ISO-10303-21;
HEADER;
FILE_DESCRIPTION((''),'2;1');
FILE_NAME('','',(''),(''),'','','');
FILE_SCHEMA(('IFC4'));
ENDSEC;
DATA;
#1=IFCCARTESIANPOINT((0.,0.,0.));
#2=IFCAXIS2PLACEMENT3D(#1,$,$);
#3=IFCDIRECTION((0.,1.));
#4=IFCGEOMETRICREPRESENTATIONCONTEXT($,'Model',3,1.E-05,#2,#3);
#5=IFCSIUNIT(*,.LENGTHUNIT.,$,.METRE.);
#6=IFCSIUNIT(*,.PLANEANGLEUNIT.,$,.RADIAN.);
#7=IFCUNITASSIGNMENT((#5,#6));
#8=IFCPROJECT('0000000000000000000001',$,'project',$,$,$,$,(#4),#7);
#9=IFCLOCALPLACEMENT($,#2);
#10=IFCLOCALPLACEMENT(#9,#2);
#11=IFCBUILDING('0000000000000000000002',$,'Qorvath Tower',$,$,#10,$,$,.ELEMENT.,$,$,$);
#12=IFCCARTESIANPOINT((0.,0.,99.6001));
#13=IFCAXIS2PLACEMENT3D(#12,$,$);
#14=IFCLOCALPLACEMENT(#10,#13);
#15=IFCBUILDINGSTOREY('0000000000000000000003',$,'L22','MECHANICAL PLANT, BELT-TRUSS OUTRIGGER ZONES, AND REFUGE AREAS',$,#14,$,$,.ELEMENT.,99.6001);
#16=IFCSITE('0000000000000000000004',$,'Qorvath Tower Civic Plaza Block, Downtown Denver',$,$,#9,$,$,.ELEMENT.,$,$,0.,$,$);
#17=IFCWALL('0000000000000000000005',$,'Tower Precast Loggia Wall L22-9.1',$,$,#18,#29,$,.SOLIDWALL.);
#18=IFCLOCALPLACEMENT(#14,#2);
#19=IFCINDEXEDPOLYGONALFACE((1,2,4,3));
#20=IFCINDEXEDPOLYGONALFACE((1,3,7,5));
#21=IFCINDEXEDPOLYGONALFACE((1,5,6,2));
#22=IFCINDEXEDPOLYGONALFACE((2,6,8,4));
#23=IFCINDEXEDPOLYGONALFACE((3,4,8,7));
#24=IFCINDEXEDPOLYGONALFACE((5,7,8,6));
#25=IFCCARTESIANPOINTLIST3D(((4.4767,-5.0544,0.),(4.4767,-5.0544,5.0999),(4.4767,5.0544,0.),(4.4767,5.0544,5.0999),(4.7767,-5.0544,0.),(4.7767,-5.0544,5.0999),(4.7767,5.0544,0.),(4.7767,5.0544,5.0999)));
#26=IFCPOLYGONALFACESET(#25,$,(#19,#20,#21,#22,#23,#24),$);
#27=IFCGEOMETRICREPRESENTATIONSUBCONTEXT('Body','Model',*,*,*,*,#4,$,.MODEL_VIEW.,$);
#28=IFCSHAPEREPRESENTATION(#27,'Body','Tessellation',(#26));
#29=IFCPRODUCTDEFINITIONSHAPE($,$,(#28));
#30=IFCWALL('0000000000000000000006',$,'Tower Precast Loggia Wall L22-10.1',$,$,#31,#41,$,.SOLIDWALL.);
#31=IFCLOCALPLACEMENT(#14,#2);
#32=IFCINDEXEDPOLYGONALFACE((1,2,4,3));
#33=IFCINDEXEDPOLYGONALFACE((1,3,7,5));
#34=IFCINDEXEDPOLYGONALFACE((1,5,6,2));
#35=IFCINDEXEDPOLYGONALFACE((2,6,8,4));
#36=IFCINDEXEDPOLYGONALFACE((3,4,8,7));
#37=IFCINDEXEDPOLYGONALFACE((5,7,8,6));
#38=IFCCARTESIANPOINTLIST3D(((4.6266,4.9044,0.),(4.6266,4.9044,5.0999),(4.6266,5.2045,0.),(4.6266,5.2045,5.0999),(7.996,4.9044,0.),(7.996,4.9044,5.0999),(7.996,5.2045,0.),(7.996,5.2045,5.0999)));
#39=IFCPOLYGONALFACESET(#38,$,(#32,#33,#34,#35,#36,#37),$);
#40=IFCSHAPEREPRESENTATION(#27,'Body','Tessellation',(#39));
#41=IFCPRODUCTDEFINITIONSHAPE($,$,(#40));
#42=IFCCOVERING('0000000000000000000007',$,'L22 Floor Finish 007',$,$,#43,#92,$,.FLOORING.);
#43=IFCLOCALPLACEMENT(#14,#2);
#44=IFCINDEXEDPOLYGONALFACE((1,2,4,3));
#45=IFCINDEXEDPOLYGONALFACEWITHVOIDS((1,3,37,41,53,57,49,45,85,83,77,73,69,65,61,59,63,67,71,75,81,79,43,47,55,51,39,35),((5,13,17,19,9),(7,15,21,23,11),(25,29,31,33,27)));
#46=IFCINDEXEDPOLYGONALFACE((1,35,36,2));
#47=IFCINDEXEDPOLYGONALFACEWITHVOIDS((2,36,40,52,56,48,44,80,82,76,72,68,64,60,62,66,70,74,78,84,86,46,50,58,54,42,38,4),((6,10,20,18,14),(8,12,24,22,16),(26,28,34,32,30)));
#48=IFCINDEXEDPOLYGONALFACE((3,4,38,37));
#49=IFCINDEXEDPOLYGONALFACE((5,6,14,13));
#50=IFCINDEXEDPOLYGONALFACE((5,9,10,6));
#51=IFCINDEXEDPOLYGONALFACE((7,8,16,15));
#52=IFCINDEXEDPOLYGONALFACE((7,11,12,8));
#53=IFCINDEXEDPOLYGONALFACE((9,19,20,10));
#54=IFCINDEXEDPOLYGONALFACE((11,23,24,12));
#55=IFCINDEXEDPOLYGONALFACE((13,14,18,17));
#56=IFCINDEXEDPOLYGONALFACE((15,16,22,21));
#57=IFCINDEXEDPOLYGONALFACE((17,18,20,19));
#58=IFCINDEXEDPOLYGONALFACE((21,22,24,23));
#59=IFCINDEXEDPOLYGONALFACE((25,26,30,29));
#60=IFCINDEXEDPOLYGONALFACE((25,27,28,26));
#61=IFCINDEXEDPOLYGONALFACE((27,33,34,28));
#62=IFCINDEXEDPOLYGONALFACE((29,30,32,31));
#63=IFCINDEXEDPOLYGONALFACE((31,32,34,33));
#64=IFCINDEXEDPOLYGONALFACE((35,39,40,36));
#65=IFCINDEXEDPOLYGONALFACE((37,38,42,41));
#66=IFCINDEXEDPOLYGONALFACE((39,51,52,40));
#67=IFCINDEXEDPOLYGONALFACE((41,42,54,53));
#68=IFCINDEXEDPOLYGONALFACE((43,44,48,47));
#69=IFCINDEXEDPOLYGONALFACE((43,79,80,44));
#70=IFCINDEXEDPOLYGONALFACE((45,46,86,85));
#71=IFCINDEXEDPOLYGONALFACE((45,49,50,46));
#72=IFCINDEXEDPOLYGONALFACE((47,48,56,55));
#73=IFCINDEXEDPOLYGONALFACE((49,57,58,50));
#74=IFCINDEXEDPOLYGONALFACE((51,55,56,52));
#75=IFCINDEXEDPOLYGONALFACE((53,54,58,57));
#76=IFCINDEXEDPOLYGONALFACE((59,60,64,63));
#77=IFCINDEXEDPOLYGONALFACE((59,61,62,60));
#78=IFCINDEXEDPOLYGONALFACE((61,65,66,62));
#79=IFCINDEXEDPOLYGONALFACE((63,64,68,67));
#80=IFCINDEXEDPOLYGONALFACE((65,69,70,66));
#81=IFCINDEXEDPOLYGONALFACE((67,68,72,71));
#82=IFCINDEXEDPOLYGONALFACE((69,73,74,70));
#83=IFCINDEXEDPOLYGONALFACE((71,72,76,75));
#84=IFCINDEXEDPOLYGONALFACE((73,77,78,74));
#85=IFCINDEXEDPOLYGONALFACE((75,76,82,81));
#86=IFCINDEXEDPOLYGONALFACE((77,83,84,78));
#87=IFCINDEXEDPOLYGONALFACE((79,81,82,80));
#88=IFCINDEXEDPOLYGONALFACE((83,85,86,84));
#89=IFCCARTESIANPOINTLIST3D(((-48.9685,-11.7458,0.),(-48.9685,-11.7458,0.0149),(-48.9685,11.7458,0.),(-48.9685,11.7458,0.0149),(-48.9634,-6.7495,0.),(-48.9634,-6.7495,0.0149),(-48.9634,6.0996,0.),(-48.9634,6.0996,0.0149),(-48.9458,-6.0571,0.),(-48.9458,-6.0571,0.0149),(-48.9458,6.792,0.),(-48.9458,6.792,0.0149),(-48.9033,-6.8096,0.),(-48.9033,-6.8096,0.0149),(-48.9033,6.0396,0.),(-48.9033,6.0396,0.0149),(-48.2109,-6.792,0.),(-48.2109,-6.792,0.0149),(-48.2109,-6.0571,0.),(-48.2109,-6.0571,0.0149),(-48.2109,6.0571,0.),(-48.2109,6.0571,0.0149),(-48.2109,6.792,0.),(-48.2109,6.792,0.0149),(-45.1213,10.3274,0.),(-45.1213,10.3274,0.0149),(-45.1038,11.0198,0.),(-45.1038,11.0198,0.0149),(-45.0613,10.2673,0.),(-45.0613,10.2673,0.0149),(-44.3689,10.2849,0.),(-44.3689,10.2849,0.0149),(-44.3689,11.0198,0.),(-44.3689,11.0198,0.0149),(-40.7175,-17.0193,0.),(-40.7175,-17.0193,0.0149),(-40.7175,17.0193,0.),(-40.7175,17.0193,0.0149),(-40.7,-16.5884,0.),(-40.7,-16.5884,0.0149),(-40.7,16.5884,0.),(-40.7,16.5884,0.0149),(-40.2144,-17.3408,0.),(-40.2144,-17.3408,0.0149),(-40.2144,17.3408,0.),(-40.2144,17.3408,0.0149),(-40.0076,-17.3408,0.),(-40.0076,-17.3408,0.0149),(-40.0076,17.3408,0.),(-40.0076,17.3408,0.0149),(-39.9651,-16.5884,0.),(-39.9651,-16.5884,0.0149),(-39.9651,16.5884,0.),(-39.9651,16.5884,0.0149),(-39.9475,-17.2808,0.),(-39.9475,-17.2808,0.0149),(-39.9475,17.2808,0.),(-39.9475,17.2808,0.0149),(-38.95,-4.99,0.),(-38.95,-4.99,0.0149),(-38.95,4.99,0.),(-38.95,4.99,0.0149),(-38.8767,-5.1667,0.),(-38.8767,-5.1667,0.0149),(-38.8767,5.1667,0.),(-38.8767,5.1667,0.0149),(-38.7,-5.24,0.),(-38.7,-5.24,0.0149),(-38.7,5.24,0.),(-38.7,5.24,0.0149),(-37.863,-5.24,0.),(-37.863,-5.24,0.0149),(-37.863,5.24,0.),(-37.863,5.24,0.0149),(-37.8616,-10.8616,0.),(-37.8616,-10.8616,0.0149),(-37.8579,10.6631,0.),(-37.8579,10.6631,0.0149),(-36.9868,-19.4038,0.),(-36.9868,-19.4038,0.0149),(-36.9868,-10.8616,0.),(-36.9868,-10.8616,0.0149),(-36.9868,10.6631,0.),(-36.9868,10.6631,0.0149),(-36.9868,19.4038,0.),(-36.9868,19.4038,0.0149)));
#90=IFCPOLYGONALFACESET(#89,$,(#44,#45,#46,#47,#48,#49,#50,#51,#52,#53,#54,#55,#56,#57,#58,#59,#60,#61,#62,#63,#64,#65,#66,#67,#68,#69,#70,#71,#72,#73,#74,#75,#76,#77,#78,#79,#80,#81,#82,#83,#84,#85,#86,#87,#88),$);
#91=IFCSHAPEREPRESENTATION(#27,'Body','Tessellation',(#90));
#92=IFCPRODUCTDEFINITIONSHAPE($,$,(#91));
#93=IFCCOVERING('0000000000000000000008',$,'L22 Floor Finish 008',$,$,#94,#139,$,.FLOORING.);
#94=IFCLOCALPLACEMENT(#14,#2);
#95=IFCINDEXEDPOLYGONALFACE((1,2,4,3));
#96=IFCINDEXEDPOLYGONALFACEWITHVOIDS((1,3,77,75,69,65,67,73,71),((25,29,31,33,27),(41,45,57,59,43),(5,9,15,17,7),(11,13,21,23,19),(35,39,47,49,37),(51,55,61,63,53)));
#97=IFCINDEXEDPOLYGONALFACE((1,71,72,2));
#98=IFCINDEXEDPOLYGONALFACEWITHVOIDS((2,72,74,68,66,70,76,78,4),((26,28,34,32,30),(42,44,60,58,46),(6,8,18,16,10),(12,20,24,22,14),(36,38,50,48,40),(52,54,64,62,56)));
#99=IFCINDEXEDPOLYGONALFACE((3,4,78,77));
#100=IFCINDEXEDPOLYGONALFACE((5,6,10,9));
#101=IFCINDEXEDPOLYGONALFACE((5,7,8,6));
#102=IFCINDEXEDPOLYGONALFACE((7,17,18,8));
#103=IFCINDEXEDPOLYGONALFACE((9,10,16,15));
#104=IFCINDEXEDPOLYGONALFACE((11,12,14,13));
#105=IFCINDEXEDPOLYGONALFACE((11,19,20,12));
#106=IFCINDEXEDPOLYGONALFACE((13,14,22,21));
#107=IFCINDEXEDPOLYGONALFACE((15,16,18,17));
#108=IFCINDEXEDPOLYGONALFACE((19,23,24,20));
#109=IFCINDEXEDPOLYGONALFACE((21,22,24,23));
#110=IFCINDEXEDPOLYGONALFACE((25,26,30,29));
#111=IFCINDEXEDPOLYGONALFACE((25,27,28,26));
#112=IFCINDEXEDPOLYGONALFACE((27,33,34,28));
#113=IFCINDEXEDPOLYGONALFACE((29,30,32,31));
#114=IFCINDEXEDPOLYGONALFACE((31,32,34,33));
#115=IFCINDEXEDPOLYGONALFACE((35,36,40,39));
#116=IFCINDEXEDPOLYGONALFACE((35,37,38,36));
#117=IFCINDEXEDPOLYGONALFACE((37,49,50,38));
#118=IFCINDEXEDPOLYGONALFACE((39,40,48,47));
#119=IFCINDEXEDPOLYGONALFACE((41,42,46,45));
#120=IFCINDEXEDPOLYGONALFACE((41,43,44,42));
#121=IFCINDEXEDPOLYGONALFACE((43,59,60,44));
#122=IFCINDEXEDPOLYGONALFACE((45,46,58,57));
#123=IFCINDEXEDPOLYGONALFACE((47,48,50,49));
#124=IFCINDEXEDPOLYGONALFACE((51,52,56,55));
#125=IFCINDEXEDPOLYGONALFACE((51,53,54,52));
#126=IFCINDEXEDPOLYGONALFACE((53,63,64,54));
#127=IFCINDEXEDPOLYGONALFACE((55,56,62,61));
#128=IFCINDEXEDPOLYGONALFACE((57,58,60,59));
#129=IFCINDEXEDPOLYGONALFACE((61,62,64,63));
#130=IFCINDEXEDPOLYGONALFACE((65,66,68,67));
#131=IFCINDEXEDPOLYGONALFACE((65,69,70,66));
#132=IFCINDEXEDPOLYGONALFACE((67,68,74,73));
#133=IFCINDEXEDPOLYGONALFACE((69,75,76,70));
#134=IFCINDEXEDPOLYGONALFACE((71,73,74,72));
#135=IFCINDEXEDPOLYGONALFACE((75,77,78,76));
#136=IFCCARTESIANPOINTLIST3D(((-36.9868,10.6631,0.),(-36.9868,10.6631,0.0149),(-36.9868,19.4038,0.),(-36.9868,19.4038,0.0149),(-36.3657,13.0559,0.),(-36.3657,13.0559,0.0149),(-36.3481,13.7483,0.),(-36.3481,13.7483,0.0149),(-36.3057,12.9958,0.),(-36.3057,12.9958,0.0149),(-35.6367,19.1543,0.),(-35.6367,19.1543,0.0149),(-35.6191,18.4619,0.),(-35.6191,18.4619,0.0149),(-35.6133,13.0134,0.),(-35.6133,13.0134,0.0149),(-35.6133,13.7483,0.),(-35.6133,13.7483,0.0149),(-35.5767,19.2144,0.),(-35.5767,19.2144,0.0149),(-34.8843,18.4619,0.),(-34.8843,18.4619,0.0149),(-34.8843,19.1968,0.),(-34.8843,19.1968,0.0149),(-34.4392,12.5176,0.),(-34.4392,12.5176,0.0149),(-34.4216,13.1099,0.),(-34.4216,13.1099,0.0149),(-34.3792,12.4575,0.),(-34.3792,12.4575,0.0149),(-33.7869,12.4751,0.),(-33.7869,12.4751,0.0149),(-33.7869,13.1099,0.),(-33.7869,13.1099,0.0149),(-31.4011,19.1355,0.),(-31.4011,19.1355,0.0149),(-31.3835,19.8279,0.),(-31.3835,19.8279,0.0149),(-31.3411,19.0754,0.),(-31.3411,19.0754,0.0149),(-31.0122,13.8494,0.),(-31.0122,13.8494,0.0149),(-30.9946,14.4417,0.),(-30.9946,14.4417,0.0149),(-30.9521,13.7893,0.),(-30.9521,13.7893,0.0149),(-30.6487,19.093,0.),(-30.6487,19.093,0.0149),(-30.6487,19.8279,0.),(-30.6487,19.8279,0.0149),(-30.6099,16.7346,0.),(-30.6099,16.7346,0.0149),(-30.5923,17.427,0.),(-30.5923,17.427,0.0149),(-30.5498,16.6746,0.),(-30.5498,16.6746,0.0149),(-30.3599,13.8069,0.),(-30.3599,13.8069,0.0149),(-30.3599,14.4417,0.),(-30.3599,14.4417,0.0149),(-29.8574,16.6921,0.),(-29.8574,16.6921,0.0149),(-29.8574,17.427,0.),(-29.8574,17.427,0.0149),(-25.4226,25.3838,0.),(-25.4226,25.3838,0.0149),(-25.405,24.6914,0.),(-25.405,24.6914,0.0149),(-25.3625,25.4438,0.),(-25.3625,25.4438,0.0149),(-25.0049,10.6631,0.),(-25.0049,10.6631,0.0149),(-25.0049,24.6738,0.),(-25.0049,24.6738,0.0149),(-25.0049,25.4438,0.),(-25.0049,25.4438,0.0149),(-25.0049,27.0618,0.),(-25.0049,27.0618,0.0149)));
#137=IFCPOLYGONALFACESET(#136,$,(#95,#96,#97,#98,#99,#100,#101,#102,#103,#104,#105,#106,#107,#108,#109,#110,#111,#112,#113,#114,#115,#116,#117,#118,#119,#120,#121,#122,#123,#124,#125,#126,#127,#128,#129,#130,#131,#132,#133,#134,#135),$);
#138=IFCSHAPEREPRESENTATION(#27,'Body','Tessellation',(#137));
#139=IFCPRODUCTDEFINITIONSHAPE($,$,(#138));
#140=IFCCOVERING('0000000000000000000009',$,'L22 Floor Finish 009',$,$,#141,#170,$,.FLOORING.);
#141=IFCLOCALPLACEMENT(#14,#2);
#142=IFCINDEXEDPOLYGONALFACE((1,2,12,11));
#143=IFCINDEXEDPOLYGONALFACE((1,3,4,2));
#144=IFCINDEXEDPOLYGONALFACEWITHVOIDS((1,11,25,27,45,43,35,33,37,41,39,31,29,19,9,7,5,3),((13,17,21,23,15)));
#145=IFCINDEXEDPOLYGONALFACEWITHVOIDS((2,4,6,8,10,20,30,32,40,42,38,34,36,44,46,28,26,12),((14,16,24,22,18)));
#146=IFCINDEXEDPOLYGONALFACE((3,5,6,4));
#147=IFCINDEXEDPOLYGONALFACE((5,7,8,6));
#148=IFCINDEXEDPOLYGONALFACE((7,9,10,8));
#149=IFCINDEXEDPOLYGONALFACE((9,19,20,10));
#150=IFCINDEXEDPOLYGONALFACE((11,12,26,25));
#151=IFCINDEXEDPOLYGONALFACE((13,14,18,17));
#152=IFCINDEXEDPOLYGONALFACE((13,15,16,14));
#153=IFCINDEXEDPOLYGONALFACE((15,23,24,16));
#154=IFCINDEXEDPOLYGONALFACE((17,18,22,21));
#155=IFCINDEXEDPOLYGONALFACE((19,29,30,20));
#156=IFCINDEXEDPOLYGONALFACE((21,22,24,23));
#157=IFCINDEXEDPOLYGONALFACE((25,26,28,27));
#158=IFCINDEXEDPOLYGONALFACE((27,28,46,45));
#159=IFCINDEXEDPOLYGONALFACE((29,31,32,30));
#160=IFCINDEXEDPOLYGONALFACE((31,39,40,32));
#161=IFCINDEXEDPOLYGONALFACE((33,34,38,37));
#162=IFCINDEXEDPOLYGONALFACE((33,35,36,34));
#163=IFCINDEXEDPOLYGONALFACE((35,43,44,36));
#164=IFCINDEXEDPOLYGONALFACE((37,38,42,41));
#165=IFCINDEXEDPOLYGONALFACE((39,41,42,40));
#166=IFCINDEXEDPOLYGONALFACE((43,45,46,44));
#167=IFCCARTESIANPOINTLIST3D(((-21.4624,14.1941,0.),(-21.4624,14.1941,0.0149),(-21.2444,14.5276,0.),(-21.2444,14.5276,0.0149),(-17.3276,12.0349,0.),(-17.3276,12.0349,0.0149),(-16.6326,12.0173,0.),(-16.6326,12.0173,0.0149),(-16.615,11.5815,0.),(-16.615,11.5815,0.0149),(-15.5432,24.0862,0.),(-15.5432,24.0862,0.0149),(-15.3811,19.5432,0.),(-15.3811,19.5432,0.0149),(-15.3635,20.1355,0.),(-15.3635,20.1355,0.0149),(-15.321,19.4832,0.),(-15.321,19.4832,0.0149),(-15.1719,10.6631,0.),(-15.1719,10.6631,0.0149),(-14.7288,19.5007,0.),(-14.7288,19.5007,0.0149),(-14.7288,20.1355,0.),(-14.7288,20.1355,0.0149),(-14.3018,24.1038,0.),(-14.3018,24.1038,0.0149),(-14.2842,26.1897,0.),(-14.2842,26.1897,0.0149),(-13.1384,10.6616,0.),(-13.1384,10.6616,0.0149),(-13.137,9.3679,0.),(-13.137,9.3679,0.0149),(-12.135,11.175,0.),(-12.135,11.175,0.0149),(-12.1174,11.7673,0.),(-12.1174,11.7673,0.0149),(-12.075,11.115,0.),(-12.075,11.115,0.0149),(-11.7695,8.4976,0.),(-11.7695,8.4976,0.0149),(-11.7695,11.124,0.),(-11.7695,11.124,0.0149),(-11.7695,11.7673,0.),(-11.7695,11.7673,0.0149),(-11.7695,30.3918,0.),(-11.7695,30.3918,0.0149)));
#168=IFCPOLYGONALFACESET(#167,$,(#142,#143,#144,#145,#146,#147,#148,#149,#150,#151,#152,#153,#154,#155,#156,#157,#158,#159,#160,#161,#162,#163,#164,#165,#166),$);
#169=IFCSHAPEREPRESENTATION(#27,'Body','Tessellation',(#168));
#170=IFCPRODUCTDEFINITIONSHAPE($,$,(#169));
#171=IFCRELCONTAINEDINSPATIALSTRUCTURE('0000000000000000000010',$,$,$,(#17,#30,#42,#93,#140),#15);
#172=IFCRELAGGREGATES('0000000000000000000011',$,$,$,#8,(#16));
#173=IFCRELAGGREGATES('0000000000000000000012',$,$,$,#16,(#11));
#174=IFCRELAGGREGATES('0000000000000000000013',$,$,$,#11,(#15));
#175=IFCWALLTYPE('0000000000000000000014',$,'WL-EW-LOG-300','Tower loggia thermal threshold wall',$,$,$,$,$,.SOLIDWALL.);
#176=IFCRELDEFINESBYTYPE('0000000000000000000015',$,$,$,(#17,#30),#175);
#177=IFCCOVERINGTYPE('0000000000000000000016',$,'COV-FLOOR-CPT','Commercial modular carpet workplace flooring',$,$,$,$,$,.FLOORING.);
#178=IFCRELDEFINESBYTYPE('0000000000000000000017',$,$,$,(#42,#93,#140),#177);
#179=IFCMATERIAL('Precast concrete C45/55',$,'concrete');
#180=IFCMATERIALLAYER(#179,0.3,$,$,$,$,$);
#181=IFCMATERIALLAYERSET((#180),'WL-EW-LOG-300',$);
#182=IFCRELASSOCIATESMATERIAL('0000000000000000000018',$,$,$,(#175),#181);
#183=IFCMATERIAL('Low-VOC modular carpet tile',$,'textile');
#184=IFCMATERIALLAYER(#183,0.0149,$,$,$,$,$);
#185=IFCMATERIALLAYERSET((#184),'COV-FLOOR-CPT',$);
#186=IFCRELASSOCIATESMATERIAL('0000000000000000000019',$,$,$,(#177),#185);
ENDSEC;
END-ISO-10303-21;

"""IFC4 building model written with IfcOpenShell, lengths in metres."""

from ifc_helpers import new_model, si_unit, direction, frame, frame_2d, origin, place, context, subcontext, project, spatial, polyline, rectangle, outline, extrude, material, layer, layer_set, type_object, element, save


model = new_model("IFC4")

# Units and contexts
model_context = context("Model", 3, precision=1e-05, world=origin(), true_north=direction((0.0, 1.0)))
body_context = subcontext(model_context, "Body", "Model", "MODEL_VIEW")
ifc_project = project(units=[si_unit("LENGTHUNIT", "METRE"), si_unit("PLANEANGLEUNIT", "RADIAN")], contexts=[model_context])

# Site, building, storey
site_placement = place(None, origin())
site = spatial("IfcSite", under=ifc_project, at=site_placement, Name="Qorvath Tower Civic Plaza Block, Downtown Denver", CompositionType="ELEMENT", RefElevation=0.0)
building_placement = place(site_placement, origin())
building = spatial("IfcBuilding", under=site, at=building_placement, Name="Qorvath Tower", CompositionType="ELEMENT")
storey_placement = place(building_placement, frame((0.0, 0.0, 99.6001)))
storey = spatial("IfcBuildingStorey", under=building, at=storey_placement, Name="L22", Description="MECHANICAL PLANT, BELT-TRUSS OUTRIGGER ZONES, AND REFUGE AREAS", CompositionType="ELEMENT", Elevation=99.6001)

# Walls
ifc_material_1 = material(Name="Precast concrete C45/55", Category="concrete")
ifc_layer_1 = layer(ifc_material_1, 0.3)
ifc_layer_set_1 = layer_set([ifc_layer_1], Name="WL-EW-LOG-300")
wall_type_1 = type_object("IfcWallType", Name="WL-EW-LOG-300", Description="Tower loggia thermal threshold wall", PredefinedType="SOLIDWALL", material=ifc_layer_set_1)
wall_1_placement = place(storey_placement, frame((4.6267, 5.0544, 0.0), z_axis=(0.0, 0.0, 1.0), x_axis=(0.0, -1.0, 0.0)))
element("IfcWall", 1, at=wall_1_placement, inside=storey, type_object=wall_type_1, Name="Tower Precast Loggia Wall L22-9.1", PredefinedType="SOLIDWALL", context=body_context, shape_type="SweptSolid", body=[
    extrude(rectangle(XDim=10.1089, YDim=0.3, at=frame_2d((5.0544, 0.0))), origin(), (0.0, 0.0, 1.0), 5.0999),
])
wall_2_placement = place(storey_placement, frame((4.6267, 5.0544, 0.0), z_axis=(0.0, 0.0, 1.0), x_axis=(1.0, 0.0, 0.0)))
element("IfcWall", 2, at=wall_2_placement, inside=storey, type_object=wall_type_1, Name="Tower Precast Loggia Wall L22-10.1", PredefinedType="SOLIDWALL", context=body_context, shape_type="SweptSolid", body=[
    extrude(rectangle(XDim=3.3694, YDim=0.3, at=frame_2d((1.6846, 0.0))), origin(), (0.0, 0.0, 1.0), 5.0999),
])

# Coverings
ifc_material_2 = material(Name="Low-VOC modular carpet tile", Category="textile")
ifc_layer_2 = layer(ifc_material_2, 0.0149)
ifc_layer_set_2 = layer_set([ifc_layer_2], Name="COV-FLOOR-CPT")
covering_type = type_object("IfcCoveringType", Name="COV-FLOOR-CPT", Description="Commercial modular carpet workplace flooring", PredefinedType="FLOORING", material=ifc_layer_set_2)
covering_1_placement = place(storey_placement, origin())
element("IfcCovering", 3, at=covering_1_placement, inside=storey, type_object=covering_type, Name="L22 Floor Finish 007", PredefinedType="FLOORING", context=body_context, shape_type="SweptSolid", body=[
    extrude(outline(polyline([(-36.9868, 10.6631), (-36.9868, 19.4038), (-40.2144, 17.3408), (-40.0076, 17.3408), (-39.9475, 17.2808), (-39.9651, 16.5884), (-40.7, 16.5884), (-40.7175, 17.0193), (-48.9685, 11.7458), (-48.9685, -11.7458), (-40.7175, -17.0193), (-40.7, -16.5884), (-39.9651, -16.5884), (-39.9475, -17.2808), (-40.0076, -17.3408), (-40.2144, -17.3408), (-36.9868, -19.4038), (-36.9868, -10.8616), (-37.8616, -10.8616), (-37.863, -5.24), (-38.7, -5.24), (-38.8767, -5.1667), (-38.95, -4.99), (-38.95, 4.99), (-38.8767, 5.1667), (-38.7, 5.24), (-37.863, 5.24), (-37.8579, 10.6631), (-36.9868, 10.6631)]), holes=[polyline([(-45.1213, 10.3274), (-45.1038, 11.0198), (-44.3689, 11.0198), (-44.3689, 10.2849), (-45.0613, 10.2673), (-45.1213, 10.3274)]), polyline([(-48.9634, -6.7495), (-48.9458, -6.0571), (-48.2109, -6.0571), (-48.2109, -6.792), (-48.9033, -6.8096), (-48.9634, -6.7495)]), polyline([(-48.9634, 6.0996), (-48.9458, 6.792), (-48.2109, 6.792), (-48.2109, 6.0571), (-48.9033, 6.0396), (-48.9634, 6.0996)])]), origin(), (0.0, 0.0, 1.0), 0.0149),
])
covering_2_placement = place(storey_placement, origin())
element("IfcCovering", 4, at=covering_2_placement, inside=storey, type_object=covering_type, Name="L22 Floor Finish 008", PredefinedType="FLOORING", context=body_context, shape_type="SweptSolid", body=[
    extrude(outline(polyline([(-25.0049, 25.4438), (-25.0049, 27.0618), (-36.9868, 19.4038), (-36.9868, 10.6631), (-25.0049, 10.6631), (-25.0049, 24.6738), (-25.405, 24.6914), (-25.4226, 25.3838), (-25.3625, 25.4438), (-25.0049, 25.4438)]), holes=[polyline([(-30.6099, 16.7346), (-30.5923, 17.427), (-29.8574, 17.427), (-29.8574, 16.6921), (-30.5498, 16.6746), (-30.6099, 16.7346)]), polyline([(-31.0122, 13.8494), (-30.9946, 14.4417), (-30.3599, 14.4417), (-30.3599, 13.8069), (-30.9521, 13.7893), (-31.0122, 13.8494)]), polyline([(-31.4011, 19.1355), (-31.3835, 19.8279), (-30.6487, 19.8279), (-30.6487, 19.093), (-31.3411, 19.0754), (-31.4011, 19.1355)]), polyline([(-34.4392, 12.5176), (-34.4216, 13.1099), (-33.7869, 13.1099), (-33.7869, 12.4751), (-34.3792, 12.4575), (-34.4392, 12.5176)]), polyline([(-35.6367, 19.1543), (-35.5767, 19.2144), (-34.8843, 19.1968), (-34.8843, 18.4619), (-35.6191, 18.4619), (-35.6367, 19.1543)]), polyline([(-36.3657, 13.0559), (-36.3481, 13.7483), (-35.6133, 13.7483), (-35.6133, 13.0134), (-36.3057, 12.9958), (-36.3657, 13.0559)])]), origin(), (0.0, 0.0, 1.0), 0.0149),
])
covering_3_placement = place(storey_placement, origin())
element("IfcCovering", 5, at=covering_3_placement, inside=storey, type_object=covering_type, Name="L22 Floor Finish 009", PredefinedType="FLOORING", context=body_context, shape_type="SweptSolid", body=[
    extrude(outline(polyline([(-11.7695, 8.4976), (-11.7695, 11.124), (-12.075, 11.115), (-12.135, 11.175), (-12.1174, 11.7673), (-11.7695, 11.7673), (-11.7695, 30.3918), (-14.2842, 26.1897), (-14.3018, 24.1038), (-15.5432, 24.0862), (-21.4624, 14.1941), (-21.2444, 14.5276), (-17.3276, 12.0349), (-16.6326, 12.0173), (-16.615, 11.5815), (-15.1719, 10.6631), (-13.1384, 10.6616), (-13.137, 9.3679), (-11.7695, 8.4976)]), holes=[polyline([(-15.3811, 19.5432), (-15.3635, 20.1355), (-14.7288, 20.1355), (-14.7288, 19.5007), (-15.321, 19.4832), (-15.3811, 19.5432)])]), origin(), (0.0, 0.0, 1.0), 0.0149),
])

save(model, "model.ifc")
